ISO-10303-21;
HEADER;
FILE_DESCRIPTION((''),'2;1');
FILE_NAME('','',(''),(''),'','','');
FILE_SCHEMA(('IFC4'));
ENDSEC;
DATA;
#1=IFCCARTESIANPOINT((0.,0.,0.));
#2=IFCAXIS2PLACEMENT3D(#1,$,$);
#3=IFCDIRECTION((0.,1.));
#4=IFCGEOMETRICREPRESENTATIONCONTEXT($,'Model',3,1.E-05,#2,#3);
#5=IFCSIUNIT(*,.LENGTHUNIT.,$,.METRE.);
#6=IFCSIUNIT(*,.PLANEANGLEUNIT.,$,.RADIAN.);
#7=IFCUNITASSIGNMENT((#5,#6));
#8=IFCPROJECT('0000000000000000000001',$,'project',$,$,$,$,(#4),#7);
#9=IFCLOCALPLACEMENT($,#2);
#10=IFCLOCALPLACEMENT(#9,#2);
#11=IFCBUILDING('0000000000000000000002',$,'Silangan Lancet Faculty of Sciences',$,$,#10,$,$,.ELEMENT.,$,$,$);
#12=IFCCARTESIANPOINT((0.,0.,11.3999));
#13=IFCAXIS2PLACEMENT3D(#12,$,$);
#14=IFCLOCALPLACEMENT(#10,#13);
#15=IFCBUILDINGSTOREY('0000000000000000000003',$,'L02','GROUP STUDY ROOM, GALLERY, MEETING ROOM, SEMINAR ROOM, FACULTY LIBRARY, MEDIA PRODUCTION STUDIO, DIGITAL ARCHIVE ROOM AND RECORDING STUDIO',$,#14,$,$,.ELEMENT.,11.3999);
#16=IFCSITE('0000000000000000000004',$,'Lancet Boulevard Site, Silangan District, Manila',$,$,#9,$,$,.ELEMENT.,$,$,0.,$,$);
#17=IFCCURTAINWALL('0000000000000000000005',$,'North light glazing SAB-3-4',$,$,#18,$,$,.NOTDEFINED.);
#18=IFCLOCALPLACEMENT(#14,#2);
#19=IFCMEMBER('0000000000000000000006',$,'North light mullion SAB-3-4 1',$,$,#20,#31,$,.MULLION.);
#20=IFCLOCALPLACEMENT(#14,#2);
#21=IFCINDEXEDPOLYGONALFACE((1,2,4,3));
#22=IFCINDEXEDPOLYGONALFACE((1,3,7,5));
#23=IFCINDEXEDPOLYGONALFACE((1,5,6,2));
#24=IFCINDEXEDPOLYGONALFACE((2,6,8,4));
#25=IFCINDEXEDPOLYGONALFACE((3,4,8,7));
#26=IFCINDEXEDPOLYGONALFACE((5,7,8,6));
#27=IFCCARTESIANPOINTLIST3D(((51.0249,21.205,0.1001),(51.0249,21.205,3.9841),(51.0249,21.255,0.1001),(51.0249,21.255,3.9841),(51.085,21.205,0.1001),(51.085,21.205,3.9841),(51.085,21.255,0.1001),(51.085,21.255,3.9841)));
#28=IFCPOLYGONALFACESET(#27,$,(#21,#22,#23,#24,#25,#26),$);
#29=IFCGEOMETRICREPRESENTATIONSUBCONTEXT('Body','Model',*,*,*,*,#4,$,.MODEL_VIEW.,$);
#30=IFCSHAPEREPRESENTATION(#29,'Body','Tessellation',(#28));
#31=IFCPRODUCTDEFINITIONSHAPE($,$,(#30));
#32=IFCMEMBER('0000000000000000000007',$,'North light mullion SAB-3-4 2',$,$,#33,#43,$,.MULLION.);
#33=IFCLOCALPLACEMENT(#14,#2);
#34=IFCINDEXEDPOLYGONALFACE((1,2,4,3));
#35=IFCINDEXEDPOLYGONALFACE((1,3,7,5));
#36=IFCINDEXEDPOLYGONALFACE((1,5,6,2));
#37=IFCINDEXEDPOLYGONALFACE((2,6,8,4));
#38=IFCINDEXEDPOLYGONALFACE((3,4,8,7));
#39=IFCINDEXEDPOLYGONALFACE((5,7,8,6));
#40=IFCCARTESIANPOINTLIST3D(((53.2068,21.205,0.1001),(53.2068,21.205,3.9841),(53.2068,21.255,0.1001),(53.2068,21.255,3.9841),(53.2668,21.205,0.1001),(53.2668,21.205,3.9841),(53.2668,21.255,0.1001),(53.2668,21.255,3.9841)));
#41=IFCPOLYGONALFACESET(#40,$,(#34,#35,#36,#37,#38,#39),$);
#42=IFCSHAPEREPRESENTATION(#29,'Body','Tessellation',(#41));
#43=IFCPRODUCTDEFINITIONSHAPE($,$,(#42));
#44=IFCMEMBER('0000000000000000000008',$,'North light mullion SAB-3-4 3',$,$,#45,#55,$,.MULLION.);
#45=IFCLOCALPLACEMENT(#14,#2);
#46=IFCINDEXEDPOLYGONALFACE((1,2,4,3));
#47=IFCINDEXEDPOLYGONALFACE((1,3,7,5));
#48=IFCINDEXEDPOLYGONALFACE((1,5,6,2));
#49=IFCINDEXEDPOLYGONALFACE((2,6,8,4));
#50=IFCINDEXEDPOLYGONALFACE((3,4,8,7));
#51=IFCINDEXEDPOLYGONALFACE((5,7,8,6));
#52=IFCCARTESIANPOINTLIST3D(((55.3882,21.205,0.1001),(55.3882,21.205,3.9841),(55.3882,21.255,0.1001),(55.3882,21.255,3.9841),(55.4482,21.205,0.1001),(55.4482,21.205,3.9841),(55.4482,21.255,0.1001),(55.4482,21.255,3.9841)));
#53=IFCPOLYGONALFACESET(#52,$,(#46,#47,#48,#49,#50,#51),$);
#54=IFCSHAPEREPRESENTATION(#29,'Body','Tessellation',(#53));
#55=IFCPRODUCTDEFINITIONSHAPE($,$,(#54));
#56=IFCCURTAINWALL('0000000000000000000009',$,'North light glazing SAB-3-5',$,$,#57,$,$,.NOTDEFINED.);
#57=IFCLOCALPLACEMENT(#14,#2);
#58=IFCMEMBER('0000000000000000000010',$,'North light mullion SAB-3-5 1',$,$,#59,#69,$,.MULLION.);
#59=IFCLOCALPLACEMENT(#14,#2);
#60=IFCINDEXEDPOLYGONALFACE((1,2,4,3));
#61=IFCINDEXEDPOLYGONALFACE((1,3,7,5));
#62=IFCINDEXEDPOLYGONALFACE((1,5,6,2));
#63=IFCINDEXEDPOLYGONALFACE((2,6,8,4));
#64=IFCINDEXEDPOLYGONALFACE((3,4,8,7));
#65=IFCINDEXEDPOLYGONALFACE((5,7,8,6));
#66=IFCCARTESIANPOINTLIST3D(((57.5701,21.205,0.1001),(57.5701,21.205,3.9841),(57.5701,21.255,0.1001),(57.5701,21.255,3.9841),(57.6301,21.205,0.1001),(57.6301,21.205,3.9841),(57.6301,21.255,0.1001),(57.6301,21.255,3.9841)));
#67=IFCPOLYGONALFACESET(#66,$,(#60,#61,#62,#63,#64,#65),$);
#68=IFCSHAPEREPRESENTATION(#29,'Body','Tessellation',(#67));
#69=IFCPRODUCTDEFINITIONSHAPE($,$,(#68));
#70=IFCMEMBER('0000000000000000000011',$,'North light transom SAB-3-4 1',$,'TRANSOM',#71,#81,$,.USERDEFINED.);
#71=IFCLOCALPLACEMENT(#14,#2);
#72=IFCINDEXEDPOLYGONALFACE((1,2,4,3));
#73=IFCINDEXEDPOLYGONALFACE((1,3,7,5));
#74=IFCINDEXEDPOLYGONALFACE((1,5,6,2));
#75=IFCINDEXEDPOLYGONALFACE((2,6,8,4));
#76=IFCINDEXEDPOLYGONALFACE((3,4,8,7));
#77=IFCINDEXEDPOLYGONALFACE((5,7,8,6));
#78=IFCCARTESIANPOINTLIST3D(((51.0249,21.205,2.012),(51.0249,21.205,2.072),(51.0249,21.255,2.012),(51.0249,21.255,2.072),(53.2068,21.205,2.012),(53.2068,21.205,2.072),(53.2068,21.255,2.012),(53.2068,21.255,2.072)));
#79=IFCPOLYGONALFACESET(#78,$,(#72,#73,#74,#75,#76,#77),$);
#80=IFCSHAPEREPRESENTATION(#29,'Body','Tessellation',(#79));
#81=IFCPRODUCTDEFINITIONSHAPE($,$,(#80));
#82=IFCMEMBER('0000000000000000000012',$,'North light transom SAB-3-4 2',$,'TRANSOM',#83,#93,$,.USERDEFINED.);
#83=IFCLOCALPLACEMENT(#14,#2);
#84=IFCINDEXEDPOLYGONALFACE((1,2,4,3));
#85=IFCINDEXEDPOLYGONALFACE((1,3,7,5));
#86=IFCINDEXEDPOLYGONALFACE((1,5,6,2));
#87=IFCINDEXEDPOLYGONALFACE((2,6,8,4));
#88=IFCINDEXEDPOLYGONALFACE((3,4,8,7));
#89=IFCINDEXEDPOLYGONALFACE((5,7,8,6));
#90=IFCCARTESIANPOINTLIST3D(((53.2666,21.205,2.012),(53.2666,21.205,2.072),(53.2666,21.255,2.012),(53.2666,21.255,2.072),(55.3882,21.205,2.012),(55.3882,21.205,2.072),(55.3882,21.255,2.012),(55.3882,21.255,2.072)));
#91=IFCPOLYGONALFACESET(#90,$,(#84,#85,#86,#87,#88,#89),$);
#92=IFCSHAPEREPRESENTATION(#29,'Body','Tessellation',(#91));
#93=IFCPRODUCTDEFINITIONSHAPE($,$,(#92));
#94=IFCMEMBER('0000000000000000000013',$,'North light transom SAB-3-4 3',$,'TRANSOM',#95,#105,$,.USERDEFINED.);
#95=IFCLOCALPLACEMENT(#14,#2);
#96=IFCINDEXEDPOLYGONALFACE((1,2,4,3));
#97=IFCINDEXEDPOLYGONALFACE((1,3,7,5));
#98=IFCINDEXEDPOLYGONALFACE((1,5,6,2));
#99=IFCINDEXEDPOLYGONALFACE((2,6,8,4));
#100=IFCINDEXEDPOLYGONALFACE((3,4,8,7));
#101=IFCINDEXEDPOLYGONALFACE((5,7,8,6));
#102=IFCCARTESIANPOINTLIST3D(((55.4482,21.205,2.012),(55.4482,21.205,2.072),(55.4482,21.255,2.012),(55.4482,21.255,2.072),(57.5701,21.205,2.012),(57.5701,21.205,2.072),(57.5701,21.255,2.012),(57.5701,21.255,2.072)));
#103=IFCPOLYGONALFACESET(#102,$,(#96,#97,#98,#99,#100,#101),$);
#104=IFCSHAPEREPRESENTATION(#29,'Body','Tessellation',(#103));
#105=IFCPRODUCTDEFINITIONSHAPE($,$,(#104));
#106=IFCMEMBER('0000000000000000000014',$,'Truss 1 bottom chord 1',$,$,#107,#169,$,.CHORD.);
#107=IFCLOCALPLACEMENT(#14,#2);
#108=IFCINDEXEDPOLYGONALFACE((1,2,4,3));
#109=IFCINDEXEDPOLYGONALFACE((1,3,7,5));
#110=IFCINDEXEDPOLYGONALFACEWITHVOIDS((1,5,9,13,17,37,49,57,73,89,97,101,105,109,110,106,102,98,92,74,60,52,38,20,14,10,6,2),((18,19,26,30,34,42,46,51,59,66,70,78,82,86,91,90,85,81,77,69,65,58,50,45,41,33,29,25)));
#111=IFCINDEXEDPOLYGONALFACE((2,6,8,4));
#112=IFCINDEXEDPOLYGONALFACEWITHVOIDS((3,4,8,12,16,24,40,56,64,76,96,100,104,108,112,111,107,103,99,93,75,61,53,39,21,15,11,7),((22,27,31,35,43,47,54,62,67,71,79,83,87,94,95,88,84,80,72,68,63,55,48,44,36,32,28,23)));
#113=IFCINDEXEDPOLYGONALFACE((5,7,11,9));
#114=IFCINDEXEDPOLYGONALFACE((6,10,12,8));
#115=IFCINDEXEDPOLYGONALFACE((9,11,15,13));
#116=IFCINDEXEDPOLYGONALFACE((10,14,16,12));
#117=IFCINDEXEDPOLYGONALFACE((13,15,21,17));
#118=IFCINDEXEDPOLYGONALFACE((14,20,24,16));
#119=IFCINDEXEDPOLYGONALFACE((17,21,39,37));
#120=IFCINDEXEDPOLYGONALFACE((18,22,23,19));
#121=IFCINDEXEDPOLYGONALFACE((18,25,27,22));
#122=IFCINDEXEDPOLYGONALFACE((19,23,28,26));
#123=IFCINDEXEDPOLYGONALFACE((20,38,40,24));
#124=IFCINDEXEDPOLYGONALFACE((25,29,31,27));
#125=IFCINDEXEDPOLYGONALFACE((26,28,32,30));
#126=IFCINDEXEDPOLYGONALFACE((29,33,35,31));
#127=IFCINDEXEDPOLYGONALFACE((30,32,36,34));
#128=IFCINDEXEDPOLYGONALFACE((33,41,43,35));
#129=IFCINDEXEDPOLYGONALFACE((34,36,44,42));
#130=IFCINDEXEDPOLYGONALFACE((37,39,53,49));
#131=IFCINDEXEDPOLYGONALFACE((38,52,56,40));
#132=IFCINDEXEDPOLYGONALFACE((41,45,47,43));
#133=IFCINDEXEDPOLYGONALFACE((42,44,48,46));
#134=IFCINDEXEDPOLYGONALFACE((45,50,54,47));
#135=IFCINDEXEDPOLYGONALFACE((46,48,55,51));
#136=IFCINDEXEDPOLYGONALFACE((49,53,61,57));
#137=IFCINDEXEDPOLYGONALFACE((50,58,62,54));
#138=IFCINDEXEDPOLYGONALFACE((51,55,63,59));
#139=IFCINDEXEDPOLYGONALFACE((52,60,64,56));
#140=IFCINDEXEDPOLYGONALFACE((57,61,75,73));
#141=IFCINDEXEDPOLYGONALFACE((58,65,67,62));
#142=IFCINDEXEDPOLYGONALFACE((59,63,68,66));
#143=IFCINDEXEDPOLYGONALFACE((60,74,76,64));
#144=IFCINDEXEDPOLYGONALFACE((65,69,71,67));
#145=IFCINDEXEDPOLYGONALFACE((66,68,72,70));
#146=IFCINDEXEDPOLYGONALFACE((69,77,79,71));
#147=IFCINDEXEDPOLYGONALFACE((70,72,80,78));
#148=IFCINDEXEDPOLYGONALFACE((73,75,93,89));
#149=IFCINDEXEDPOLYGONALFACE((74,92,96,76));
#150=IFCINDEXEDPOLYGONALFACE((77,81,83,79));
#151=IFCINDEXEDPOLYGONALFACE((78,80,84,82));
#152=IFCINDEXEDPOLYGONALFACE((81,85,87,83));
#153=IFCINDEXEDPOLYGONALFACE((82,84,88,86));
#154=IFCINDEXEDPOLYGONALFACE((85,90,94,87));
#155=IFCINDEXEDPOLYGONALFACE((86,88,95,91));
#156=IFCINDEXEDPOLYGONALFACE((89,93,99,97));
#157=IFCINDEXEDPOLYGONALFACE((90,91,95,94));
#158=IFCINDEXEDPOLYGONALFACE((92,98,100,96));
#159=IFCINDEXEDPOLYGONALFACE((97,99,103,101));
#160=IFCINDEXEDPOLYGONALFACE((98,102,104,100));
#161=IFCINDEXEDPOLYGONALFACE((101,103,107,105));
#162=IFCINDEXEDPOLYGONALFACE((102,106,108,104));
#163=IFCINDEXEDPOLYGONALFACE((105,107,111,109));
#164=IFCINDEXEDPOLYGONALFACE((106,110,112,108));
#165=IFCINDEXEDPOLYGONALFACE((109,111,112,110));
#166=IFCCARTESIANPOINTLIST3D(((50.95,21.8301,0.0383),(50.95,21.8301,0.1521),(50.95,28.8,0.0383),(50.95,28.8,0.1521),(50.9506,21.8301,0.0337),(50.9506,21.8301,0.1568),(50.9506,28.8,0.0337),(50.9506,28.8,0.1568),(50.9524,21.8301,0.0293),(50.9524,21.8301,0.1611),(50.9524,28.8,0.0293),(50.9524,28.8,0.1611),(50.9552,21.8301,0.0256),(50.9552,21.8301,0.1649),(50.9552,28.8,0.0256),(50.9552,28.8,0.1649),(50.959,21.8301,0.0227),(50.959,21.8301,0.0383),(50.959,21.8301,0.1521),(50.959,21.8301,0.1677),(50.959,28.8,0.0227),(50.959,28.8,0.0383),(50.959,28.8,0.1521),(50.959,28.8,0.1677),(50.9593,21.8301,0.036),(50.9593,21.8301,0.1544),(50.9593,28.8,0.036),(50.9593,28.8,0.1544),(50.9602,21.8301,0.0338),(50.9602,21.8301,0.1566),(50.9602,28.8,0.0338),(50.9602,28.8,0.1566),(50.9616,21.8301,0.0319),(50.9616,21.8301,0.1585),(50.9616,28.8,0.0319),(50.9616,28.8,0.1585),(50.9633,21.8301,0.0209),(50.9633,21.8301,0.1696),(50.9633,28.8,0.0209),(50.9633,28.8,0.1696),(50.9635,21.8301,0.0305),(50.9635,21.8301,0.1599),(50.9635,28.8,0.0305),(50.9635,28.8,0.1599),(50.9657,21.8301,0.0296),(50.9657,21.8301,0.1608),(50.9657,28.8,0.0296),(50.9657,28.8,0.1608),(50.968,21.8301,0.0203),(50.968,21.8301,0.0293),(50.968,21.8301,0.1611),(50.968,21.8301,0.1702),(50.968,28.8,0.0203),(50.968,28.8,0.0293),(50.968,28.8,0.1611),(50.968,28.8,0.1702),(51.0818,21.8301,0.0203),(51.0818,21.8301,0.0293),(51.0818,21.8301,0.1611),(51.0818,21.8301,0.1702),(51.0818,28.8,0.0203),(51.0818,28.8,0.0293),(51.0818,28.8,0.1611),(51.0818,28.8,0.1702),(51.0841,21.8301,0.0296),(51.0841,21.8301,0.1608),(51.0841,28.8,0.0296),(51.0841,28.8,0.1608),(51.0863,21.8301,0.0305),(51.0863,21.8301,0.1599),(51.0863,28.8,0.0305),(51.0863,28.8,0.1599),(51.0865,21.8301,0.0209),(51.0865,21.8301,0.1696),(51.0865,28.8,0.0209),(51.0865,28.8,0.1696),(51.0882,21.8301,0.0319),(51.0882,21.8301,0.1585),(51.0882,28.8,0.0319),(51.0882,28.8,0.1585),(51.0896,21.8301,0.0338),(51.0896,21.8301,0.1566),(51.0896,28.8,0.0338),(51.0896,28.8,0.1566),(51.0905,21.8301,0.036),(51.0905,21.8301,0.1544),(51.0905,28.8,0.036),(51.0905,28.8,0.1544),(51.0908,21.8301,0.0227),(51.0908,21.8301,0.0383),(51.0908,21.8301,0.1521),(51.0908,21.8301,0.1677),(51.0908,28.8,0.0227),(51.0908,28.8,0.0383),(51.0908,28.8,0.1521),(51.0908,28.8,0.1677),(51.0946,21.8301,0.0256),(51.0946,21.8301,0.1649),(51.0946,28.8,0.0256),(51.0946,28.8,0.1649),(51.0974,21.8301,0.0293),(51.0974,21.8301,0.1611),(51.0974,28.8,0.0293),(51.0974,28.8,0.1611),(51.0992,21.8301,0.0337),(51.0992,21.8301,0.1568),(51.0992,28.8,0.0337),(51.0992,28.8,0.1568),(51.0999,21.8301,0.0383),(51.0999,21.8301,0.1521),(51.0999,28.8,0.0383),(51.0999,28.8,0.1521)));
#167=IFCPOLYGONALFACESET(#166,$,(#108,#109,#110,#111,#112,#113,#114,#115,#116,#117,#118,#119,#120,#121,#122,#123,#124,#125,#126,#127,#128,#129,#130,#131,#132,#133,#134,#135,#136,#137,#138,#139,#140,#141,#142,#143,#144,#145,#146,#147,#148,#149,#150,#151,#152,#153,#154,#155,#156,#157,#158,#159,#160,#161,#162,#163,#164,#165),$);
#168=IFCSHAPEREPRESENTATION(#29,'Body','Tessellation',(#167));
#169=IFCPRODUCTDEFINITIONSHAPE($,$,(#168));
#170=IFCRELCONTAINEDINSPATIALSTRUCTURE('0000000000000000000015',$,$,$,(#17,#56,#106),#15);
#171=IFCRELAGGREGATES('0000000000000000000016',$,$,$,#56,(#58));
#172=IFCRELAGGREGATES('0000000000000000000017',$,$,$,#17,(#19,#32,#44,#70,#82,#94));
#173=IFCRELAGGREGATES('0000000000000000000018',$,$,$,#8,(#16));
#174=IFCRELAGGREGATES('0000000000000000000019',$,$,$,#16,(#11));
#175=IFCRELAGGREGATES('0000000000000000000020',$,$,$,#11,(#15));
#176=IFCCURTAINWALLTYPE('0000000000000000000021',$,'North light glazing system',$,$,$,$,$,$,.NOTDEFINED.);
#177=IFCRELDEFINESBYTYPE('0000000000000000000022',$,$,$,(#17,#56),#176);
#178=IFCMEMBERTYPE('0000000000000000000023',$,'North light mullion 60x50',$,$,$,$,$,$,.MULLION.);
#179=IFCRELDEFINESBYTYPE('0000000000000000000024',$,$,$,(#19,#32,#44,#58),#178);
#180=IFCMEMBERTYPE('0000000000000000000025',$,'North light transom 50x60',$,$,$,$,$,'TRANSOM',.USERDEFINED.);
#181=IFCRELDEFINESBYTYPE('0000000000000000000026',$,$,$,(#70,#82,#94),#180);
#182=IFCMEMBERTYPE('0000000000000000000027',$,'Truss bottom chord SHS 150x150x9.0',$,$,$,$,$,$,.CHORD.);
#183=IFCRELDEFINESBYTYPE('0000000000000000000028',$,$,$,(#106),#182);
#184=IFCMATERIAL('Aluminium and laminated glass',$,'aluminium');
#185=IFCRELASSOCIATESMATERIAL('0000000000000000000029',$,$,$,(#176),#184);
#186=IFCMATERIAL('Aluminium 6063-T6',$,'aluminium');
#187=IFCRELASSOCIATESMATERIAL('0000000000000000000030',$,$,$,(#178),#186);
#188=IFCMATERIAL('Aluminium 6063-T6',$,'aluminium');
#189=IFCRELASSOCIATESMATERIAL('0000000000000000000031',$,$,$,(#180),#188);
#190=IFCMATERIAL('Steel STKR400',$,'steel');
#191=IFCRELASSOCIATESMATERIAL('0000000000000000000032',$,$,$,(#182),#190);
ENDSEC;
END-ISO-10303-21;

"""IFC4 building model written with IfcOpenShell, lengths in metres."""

from ifc_helpers import new_model, si_unit, direction, frame, origin, origin_2d, place, context, subcontext, project, spatial, rectangle, hollow_rectangle, extrude, material, material_profile, profile_set, type_object, element, aggregate, save


model = new_model("IFC4")

# Units and contexts
model_context = context("Model", 3, precision=1e-05, world=origin(), true_north=direction((0.0, 1.0)))
body_context = subcontext(model_context, "Body", "Model", "MODEL_VIEW")
ifc_project = project(units=[si_unit("LENGTHUNIT", "METRE"), si_unit("PLANEANGLEUNIT", "RADIAN")], contexts=[model_context])

# Site, building, storey
site_placement = place(None, origin())
site = spatial("IfcSite", under=ifc_project, at=site_placement, Name="Lancet Boulevard Site, Silangan District, Manila", CompositionType="ELEMENT", RefElevation=0.0)
building_placement = place(site_placement, origin())
building = spatial("IfcBuilding", under=site, at=building_placement, Name="Silangan Lancet Faculty of Sciences", CompositionType="ELEMENT")
storey_placement = place(building_placement, frame((0.0, 0.0, 11.3999)))
storey = spatial("IfcBuildingStorey", under=building, at=storey_placement, Name="L02", Description="GROUP STUDY ROOM, GALLERY, MEETING ROOM, SEMINAR ROOM, FACULTY LIBRARY, MEDIA PRODUCTION STUDIO, DIGITAL ARCHIVE ROOM AND RECORDING STUDIO", CompositionType="ELEMENT", Elevation=11.3999)

# Curtain wall, members
ifc_material_1 = material(Name="Aluminium and laminated glass", Category="aluminium")
curtain_wall_type = type_object("IfcCurtainWallType", Name="North light glazing system", PredefinedType="NOTDEFINED", material=ifc_material_1)
curtain_wall_1_placement = place(storey_placement, origin())
curtain_wall_1 = element("IfcCurtainWall", 1, at=curtain_wall_1_placement, inside=storey, type_object=curtain_wall_type, Name="North light glazing SAB-3-4", PredefinedType="NOTDEFINED")
ifc_material_2 = material(Name="Aluminium 6063-T6", Category="aluminium")
ifc_material_profile_1 = material_profile(ifc_material_2, rectangle(XDim=0.0601, YDim=0.05, at=origin_2d()), Name="AL 60x50")
ifc_profile_set_1 = profile_set([ifc_material_profile_1], Name="Aluminium 6063-T6")
member_type_1 = type_object("IfcMemberType", Name="North light mullion 60x50", PredefinedType="MULLION", material=ifc_profile_set_1)
member_1_placement = place(storey_placement, frame((51.0549, 21.23, 0.1001), z_axis=(0.0, 0.0, 1.0), x_axis=(1.0, 0.0, 0.0)))
member_1 = element("IfcMember", 2, at=member_1_placement, type_object=member_type_1, Name="North light mullion SAB-3-4 1", PredefinedType="MULLION", context=body_context, shape_type="SweptSolid", body=[
    extrude(rectangle(XDim=0.0601, YDim=0.05, at=origin_2d()), origin(), (0.0, 0.0, 1.0), 3.884),
])
member_2_placement = place(storey_placement, frame((53.2368, 21.23, 0.1001), z_axis=(0.0, 0.0, 1.0), x_axis=(1.0, 0.0, 0.0)))
member_2 = element("IfcMember", 3, at=member_2_placement, type_object=member_type_1, Name="North light mullion SAB-3-4 2", PredefinedType="MULLION", context=body_context, shape_type="SweptSolid", body=[
    extrude(rectangle(XDim=0.0601, YDim=0.05, at=origin_2d()), origin(), (0.0, 0.0, 1.0), 3.884),
])
member_3_placement = place(storey_placement, frame((55.4182, 21.23, 0.1001), z_axis=(0.0, 0.0, 1.0), x_axis=(1.0, 0.0, 0.0)))
member_3 = element("IfcMember", 4, at=member_3_placement, type_object=member_type_1, Name="North light mullion SAB-3-4 3", PredefinedType="MULLION", context=body_context, shape_type="SweptSolid", body=[
    extrude(rectangle(XDim=0.0601, YDim=0.05, at=origin_2d()), origin(), (0.0, 0.0, 1.0), 3.884),
])

# Curtain wall, member
curtain_wall_2_placement = place(storey_placement, origin())
curtain_wall_2 = element("IfcCurtainWall", 5, at=curtain_wall_2_placement, inside=storey, type_object=curtain_wall_type, Name="North light glazing SAB-3-5", PredefinedType="NOTDEFINED")
member_4_placement = place(storey_placement, frame((57.6001, 21.23, 0.1001), z_axis=(0.0, 0.0, 1.0), x_axis=(1.0, 0.0, 0.0)))
member_4 = element("IfcMember", 6, at=member_4_placement, type_object=member_type_1, Name="North light mullion SAB-3-5 1", PredefinedType="MULLION", context=body_context, shape_type="SweptSolid", body=[
    extrude(rectangle(XDim=0.0601, YDim=0.05, at=origin_2d()), origin(), (0.0, 0.0, 1.0), 3.884),
])
aggregate(curtain_wall_2, [member_4])

# Members
ifc_material_3 = material(Name="Aluminium 6063-T6", Category="aluminium")
ifc_material_profile_2 = material_profile(ifc_material_3, rectangle(XDim=0.05, YDim=0.0601, at=origin_2d()), Name="AL 50x60")
ifc_profile_set_2 = profile_set([ifc_material_profile_2], Name="Aluminium 6063-T6")
member_type_2 = type_object("IfcMemberType", Name="North light transom 50x60", ElementType="TRANSOM", PredefinedType="USERDEFINED", material=ifc_profile_set_2)
member_5_placement = place(storey_placement, frame((51.0249, 21.23, 2.042), z_axis=(1.0, 0.0, 0.0), x_axis=(0.0, 1.0, 0.0)))
member_5 = element("IfcMember", 7, at=member_5_placement, type_object=member_type_2, Name="North light transom SAB-3-4 1", ObjectType="TRANSOM", PredefinedType="USERDEFINED", context=body_context, shape_type="SweptSolid", body=[
    extrude(rectangle(XDim=0.05, YDim=0.0601, at=origin_2d()), origin(), (0.0, 0.0, 1.0), 2.1819),
])
member_6_placement = place(storey_placement, frame((53.2666, 21.23, 2.042), z_axis=(1.0, 0.0, 0.0), x_axis=(0.0, 1.0, 0.0)))
member_6 = element("IfcMember", 8, at=member_6_placement, type_object=member_type_2, Name="North light transom SAB-3-4 2", ObjectType="TRANSOM", PredefinedType="USERDEFINED", context=body_context, shape_type="SweptSolid", body=[
    extrude(rectangle(XDim=0.05, YDim=0.0601, at=origin_2d()), origin(), (0.0, 0.0, 1.0), 2.1216),
])
member_7_placement = place(storey_placement, frame((55.4482, 21.23, 2.042), z_axis=(1.0, 0.0, 0.0), x_axis=(0.0, 1.0, 0.0)))
member_7 = element("IfcMember", 9, at=member_7_placement, type_object=member_type_2, Name="North light transom SAB-3-4 3", ObjectType="TRANSOM", PredefinedType="USERDEFINED", context=body_context, shape_type="SweptSolid", body=[
    extrude(rectangle(XDim=0.05, YDim=0.0601, at=origin_2d()), origin(), (0.0, 0.0, 1.0), 2.1218),
])

# Member
ifc_material_4 = material(Name="Steel STKR400", Category="steel")
ifc_material_profile_3 = material_profile(ifc_material_4, hollow_rectangle(XDim=0.1499, YDim=0.1499, WallThickness=0.009, InnerFilletRadius=0.009, OuterFilletRadius=0.0181, at=origin_2d()), Name="SHS 150x150x9.0")
ifc_profile_set_3 = profile_set([ifc_material_profile_3], Name="Steel STKR400")
member_type_3 = type_object("IfcMemberType", Name="Truss bottom chord SHS 150x150x9.0", PredefinedType="CHORD", material=ifc_profile_set_3)
for number, where, z_axis, x_axis, name in (
    (10, (51.0249, 21.8301, 0.0952), (0.0, 1.0, 0.0), (-1.0, 0.0, 0.0), "Truss 1 bottom chord 1"),
):
    element("IfcMember", number, at=place(storey_placement, frame(where, z_axis=z_axis, x_axis=x_axis)), inside=storey, type_object=member_type_3, Name=name, PredefinedType="CHORD", context=body_context, shape_type="SweptSolid", body=[
        extrude(hollow_rectangle(XDim=0.1499, YDim=0.1499, WallThickness=0.009, InnerFilletRadius=0.009, OuterFilletRadius=0.0181, at=origin_2d()), origin(), (0.0, 0.0, 1.0), 6.97),
    ])

aggregate(curtain_wall_1, [member_1, member_2, member_3, member_5, member_6, member_7])

save(model, "model.ifc")
